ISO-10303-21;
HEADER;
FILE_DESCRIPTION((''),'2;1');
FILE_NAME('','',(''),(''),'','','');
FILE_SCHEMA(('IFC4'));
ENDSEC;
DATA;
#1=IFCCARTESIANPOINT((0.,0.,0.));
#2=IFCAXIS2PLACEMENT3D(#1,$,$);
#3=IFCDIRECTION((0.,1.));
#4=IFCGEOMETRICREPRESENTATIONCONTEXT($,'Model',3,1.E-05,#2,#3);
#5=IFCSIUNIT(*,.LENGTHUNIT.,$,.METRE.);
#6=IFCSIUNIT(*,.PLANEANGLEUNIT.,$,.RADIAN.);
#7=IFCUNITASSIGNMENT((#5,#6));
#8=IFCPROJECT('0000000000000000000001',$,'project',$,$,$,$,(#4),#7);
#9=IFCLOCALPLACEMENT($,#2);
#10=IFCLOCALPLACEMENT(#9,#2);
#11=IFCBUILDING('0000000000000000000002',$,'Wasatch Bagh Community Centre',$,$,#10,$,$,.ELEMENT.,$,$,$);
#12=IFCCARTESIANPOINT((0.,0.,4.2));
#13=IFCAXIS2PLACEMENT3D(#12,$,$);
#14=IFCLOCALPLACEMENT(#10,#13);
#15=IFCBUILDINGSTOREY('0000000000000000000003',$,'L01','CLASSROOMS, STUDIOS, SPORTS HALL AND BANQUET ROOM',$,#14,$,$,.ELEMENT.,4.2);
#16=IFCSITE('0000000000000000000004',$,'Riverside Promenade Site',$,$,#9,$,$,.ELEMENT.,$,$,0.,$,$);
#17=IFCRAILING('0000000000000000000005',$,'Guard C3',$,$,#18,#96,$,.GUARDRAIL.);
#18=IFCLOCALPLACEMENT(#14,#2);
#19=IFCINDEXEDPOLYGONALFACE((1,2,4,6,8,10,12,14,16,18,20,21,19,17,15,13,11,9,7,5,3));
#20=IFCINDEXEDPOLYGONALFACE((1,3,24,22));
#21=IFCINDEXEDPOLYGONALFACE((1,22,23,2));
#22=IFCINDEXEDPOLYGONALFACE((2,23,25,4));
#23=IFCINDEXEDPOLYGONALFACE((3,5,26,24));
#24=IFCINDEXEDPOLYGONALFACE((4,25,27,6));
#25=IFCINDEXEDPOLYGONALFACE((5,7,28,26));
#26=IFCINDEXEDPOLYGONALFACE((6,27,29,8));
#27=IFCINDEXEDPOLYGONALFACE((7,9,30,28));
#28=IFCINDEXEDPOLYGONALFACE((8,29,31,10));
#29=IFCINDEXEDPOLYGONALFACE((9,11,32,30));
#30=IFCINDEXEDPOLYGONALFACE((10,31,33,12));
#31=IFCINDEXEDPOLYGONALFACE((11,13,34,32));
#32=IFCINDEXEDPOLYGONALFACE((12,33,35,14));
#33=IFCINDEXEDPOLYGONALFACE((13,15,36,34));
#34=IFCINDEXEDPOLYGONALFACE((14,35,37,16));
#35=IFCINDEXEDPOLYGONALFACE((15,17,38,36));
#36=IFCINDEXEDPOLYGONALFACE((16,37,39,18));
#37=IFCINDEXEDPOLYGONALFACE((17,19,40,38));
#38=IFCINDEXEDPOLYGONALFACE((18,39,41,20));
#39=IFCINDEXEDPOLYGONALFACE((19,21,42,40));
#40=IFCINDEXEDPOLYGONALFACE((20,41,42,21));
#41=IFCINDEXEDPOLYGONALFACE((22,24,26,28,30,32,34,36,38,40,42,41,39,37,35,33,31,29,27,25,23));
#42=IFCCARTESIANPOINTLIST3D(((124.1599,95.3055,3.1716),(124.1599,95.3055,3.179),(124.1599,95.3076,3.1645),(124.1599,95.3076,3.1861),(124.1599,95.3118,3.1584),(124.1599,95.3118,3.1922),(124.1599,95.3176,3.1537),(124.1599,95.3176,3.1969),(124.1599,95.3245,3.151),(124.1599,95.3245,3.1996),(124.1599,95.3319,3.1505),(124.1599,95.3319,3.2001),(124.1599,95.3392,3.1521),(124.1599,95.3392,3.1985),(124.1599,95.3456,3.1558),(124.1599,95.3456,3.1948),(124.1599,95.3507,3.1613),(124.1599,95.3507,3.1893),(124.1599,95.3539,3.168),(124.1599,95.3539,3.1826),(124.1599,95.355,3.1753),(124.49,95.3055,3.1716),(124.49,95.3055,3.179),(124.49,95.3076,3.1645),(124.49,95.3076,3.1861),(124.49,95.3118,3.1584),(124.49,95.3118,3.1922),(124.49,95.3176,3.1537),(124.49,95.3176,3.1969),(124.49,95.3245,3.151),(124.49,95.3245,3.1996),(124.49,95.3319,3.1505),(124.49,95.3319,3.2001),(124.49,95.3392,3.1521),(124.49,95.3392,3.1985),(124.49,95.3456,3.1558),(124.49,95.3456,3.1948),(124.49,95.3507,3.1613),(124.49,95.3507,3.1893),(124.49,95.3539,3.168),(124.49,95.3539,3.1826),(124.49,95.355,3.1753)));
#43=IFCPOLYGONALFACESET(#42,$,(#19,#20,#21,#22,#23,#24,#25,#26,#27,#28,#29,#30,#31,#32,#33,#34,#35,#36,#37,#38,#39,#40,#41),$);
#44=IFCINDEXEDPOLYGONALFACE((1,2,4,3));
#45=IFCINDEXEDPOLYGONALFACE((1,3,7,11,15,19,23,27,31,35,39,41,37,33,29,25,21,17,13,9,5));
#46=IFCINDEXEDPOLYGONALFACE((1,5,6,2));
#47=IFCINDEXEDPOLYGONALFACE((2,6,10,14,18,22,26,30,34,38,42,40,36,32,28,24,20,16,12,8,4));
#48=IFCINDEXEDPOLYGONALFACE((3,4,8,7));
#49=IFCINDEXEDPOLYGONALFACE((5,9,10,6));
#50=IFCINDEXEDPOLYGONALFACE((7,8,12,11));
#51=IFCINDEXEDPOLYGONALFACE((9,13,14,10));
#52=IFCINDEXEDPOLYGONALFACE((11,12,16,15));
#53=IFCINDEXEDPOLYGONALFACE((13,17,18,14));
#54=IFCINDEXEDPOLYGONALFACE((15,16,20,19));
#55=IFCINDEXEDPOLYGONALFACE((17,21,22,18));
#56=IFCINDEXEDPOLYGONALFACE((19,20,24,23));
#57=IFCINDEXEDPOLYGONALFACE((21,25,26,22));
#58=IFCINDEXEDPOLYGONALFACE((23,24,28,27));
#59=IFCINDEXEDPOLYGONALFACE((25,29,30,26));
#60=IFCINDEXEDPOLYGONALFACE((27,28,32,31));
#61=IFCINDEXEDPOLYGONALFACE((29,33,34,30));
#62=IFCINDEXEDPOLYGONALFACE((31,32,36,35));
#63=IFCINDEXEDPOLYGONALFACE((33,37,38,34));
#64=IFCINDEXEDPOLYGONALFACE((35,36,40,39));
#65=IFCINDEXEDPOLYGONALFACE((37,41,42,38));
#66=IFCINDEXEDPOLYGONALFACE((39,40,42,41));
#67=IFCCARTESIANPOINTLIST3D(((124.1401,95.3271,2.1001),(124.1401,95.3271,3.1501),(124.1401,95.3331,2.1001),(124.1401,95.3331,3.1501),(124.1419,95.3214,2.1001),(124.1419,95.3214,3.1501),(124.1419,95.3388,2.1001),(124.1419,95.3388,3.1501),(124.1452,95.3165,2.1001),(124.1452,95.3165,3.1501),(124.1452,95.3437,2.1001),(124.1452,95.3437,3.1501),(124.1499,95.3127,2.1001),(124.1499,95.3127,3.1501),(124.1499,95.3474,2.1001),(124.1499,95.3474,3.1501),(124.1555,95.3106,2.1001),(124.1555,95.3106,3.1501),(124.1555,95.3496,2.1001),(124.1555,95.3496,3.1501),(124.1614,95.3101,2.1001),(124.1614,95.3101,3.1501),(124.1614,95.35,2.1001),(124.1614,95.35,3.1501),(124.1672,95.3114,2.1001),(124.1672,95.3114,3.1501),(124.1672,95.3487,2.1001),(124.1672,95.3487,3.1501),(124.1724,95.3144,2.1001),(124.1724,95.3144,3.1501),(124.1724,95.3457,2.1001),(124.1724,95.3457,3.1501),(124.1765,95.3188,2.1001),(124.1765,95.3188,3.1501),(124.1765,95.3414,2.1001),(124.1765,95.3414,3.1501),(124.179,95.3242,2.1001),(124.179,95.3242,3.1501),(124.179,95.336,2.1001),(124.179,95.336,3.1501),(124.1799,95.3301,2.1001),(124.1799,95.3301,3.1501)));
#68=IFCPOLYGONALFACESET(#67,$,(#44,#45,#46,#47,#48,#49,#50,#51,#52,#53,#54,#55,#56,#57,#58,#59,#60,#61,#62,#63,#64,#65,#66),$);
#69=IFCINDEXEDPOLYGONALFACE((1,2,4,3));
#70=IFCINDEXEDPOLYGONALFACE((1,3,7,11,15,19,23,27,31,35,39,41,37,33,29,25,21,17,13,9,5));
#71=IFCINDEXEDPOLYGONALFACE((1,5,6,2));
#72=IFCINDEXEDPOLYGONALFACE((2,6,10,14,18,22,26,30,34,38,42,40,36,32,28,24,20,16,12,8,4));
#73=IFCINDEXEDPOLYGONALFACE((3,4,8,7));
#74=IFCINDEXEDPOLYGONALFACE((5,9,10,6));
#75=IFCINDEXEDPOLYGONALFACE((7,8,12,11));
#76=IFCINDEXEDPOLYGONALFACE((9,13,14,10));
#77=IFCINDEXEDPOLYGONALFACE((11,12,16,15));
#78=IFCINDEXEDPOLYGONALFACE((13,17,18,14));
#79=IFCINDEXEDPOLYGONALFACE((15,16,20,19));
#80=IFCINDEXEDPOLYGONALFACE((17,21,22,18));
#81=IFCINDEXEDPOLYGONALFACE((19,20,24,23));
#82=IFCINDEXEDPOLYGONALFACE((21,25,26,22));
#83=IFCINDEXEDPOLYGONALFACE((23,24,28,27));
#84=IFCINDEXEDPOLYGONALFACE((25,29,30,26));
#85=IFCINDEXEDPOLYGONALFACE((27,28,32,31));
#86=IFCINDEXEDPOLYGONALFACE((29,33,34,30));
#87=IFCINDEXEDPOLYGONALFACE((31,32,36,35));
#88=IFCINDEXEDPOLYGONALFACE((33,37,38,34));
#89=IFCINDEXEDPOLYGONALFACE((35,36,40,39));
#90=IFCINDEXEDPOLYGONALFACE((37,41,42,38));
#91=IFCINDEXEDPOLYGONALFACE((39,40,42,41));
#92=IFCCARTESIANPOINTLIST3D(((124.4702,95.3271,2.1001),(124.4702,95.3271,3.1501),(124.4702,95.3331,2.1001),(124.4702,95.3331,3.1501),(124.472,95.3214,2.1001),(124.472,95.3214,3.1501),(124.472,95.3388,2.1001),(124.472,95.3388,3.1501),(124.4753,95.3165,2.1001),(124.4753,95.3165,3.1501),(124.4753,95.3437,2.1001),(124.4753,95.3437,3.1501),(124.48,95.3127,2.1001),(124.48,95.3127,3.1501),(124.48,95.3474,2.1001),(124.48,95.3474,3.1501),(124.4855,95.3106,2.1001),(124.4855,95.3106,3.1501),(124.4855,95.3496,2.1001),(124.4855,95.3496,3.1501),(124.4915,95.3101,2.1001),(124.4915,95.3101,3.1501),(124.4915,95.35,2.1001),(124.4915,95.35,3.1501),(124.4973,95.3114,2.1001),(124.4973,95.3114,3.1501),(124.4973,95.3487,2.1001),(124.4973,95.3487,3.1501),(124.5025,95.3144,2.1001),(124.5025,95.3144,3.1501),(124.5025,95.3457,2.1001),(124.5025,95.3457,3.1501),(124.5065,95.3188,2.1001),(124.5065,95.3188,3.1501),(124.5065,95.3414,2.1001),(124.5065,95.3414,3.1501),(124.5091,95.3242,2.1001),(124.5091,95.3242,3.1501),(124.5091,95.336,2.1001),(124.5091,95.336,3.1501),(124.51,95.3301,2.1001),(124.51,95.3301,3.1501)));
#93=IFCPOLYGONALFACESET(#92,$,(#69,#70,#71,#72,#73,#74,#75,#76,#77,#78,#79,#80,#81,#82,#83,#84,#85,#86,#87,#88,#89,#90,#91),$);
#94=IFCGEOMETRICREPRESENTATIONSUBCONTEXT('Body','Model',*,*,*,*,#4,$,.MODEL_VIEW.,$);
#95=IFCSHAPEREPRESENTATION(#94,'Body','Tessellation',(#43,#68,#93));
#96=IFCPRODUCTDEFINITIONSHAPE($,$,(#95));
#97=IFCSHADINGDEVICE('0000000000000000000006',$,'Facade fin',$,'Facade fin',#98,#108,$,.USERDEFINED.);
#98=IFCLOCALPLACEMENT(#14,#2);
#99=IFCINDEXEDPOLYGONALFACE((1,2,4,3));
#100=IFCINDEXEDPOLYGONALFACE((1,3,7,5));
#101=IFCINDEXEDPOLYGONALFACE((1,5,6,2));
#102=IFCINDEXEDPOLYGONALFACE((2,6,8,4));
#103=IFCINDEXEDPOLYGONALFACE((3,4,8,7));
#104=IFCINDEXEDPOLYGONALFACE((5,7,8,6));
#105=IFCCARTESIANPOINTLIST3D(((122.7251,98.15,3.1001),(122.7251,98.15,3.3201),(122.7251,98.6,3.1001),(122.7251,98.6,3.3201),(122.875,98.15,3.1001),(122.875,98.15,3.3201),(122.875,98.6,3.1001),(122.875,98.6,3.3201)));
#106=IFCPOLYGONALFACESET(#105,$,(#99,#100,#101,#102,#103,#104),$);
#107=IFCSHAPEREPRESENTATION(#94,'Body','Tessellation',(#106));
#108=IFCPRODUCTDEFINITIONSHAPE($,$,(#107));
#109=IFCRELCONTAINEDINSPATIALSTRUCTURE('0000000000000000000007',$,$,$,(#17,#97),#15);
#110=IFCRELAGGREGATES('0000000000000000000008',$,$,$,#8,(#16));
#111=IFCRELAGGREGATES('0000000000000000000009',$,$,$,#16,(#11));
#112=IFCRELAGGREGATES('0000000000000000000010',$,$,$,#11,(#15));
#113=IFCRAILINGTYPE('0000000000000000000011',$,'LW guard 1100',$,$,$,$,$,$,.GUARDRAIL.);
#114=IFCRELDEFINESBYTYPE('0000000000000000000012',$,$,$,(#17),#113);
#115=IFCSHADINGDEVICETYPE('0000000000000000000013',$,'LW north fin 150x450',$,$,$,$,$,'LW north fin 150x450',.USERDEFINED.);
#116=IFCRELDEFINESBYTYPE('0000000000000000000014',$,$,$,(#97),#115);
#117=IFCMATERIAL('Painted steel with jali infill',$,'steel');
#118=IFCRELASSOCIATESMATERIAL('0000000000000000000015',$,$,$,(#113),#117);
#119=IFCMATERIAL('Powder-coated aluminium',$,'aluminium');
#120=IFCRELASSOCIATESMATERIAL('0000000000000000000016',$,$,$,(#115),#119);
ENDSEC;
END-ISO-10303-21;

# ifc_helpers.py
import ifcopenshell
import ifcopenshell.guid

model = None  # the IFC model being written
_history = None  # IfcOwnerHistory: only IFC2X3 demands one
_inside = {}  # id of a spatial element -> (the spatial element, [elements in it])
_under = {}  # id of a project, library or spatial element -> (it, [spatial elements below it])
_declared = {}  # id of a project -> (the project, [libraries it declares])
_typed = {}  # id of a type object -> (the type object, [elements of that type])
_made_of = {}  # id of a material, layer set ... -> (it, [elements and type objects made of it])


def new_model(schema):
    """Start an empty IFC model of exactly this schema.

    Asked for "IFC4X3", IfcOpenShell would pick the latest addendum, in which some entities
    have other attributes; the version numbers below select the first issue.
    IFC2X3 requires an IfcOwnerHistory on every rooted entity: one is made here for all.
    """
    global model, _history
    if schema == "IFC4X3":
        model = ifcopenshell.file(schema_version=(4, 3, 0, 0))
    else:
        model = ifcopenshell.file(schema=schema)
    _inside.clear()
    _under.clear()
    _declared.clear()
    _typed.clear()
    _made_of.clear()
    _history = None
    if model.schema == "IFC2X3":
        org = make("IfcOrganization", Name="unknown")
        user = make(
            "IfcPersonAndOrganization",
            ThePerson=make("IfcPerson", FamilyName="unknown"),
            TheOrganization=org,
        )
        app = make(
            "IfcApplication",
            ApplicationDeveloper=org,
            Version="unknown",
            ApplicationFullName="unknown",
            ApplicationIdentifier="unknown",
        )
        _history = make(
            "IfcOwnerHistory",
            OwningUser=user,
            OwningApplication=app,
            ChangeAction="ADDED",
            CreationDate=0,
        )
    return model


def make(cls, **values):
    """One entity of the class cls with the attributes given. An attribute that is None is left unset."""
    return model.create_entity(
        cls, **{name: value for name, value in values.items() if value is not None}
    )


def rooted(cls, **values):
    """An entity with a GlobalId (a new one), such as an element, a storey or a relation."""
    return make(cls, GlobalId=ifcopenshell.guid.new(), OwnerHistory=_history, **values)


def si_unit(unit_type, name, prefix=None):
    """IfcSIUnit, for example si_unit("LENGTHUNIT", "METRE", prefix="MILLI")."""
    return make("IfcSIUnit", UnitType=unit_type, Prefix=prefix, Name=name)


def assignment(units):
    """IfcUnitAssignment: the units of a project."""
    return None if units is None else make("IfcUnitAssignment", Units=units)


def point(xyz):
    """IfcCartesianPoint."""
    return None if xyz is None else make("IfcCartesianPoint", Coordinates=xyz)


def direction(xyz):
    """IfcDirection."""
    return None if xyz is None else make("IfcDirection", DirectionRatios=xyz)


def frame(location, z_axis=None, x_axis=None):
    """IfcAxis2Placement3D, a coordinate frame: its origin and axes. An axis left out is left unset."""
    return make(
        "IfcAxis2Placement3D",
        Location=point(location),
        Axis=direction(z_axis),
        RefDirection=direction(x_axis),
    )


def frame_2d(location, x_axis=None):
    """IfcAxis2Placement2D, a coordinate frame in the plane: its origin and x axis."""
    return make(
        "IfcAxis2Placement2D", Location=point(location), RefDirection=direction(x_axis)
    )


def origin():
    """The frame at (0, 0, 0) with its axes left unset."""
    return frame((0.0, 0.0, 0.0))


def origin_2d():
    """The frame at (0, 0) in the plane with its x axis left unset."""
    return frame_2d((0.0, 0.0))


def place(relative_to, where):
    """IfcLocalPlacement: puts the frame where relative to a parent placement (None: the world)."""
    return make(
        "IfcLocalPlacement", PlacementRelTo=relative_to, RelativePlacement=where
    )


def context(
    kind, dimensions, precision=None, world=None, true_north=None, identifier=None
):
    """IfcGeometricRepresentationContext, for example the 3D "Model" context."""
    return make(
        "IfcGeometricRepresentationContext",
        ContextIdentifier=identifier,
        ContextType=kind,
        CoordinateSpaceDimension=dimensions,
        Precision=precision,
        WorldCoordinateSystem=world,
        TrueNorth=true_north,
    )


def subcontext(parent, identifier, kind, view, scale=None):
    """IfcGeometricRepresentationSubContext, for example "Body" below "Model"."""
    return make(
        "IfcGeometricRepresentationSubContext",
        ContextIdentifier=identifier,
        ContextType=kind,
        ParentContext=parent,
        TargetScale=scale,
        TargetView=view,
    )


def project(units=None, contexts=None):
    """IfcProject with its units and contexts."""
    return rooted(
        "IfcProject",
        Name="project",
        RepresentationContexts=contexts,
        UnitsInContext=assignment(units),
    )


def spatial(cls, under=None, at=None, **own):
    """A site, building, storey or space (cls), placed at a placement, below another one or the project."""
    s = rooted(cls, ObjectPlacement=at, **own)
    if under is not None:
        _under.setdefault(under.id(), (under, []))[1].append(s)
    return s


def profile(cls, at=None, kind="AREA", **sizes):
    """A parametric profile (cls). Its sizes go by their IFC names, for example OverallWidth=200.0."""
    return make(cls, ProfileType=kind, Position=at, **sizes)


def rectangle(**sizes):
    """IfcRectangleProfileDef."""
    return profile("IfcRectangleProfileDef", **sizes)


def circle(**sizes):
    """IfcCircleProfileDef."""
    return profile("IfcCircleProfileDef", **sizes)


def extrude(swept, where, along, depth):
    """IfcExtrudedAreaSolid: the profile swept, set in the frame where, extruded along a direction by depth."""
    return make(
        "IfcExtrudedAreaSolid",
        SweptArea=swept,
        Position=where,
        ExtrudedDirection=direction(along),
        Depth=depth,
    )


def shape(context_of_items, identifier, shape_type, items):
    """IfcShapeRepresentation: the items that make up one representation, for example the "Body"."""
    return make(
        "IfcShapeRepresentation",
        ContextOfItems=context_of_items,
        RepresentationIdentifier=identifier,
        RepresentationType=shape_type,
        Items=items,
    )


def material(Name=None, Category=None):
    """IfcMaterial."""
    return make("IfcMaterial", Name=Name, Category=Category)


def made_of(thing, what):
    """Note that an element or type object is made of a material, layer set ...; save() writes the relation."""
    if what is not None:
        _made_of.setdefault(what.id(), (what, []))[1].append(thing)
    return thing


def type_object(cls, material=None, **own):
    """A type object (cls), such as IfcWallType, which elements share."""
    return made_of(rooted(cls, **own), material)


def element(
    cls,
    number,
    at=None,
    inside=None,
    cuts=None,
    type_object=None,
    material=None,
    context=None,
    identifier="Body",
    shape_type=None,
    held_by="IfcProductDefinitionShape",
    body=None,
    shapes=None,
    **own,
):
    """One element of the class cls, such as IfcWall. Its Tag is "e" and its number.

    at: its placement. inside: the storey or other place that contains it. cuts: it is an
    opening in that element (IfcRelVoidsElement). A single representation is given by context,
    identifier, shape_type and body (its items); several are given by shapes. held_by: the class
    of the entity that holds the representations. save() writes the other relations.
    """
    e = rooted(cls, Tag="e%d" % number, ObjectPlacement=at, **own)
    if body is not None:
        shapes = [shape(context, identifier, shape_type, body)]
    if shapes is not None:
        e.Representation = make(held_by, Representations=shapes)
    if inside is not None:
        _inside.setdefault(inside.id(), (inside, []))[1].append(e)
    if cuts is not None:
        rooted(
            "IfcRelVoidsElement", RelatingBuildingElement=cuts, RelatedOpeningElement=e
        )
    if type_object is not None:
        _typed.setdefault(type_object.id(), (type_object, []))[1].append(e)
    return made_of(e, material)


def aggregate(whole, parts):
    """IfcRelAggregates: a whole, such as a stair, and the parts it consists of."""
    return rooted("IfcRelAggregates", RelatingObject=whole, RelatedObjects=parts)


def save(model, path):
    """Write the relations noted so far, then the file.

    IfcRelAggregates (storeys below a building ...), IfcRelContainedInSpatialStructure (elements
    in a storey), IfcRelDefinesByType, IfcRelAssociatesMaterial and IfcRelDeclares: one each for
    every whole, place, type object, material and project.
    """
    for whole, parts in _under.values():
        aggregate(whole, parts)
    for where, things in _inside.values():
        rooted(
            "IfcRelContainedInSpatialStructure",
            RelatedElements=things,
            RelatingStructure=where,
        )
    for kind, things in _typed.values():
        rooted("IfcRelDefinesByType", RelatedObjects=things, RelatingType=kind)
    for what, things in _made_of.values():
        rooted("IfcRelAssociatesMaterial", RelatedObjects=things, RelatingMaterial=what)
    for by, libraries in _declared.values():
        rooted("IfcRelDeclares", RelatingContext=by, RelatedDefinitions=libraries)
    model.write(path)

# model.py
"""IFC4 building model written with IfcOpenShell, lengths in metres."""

from ifc_helpers import new_model, si_unit, direction, frame, origin, origin_2d, place, context, subcontext, project, spatial, rectangle, circle, extrude, material, type_object, element, save


model = new_model("IFC4")

# Units and contexts
model_context = context("Model", 3, precision=1e-05, world=origin(), true_north=direction((0.0, 1.0)))
body_context = subcontext(model_context, "Body", "Model", "MODEL_VIEW")
ifc_project = project(units=[si_unit("LENGTHUNIT", "METRE"), si_unit("PLANEANGLEUNIT", "RADIAN")], contexts=[model_context])

# Site, building, storey
site_placement = place(None, origin())
site = spatial("IfcSite", under=ifc_project, at=site_placement, Name="Riverside Promenade Site", CompositionType="ELEMENT", RefElevation=0.0)
building_placement = place(site_placement, origin())
building = spatial("IfcBuilding", under=site, at=building_placement, Name="Wasatch Bagh Community Centre", CompositionType="ELEMENT")
storey_placement = place(building_placement, frame((0.0, 0.0, 4.2)))
storey = spatial("IfcBuildingStorey", under=building, at=storey_placement, Name="L01", Description="CLASSROOMS, STUDIOS, SPORTS HALL AND BANQUET ROOM", CompositionType="ELEMENT", Elevation=4.2)

# Railing
ifc_material_1 = material(Name="Painted steel with jali infill", Category="steel")
railing_type_1 = type_object("IfcRailingType", Name="LW guard 1100", PredefinedType="GUARDRAIL", material=ifc_material_1)
railing_1_placement = place(storey_placement, frame((124.1599, 95.3301, 2.1001)))
element("IfcRailing", 1, at=railing_1_placement, inside=storey, type_object=railing_type_1, Name="Guard C3", PredefinedType="GUARDRAIL", context=body_context, shape_type="SweptSolid", body=[
    extrude(circle(Radius=0.0249, at=origin_2d()), frame((0.0, 0.0, 1.0752), z_axis=(1.0, 0.0, 0.0), x_axis=(0.0, 1.0, 0.0)), (0.0, 0.0, 1.0), 0.3301),
    extrude(circle(Radius=0.02, at=origin_2d()), origin(), (0.0, 0.0, 1.0), 1.05),
    extrude(circle(Radius=0.02, at=origin_2d()), frame((0.3301, 0.0, 0.0)), (0.0, 0.0, 1.0), 1.05),
])

# Shading device
ifc_material_2 = material(Name="Powder-coated aluminium", Category="aluminium")
shading_device_type = type_object("IfcShadingDeviceType", Name="LW north fin 150x450", ElementType="LW north fin 150x450", PredefinedType="USERDEFINED", material=ifc_material_2)
shading_device_placement = place(storey_placement, frame((122.8, 98.375, 3.1001), z_axis=(0.0, 0.0, 1.0), x_axis=(1.0, 0.0, 0.0)))
element("IfcShadingDevice", 2, at=shading_device_placement, inside=storey, type_object=shading_device_type, Name="Facade fin", ObjectType="Facade fin", PredefinedType="USERDEFINED", context=body_context, shape_type="SweptSolid", body=[
    extrude(rectangle(XDim=0.1499, YDim=0.45, at=origin_2d()), origin(), (0.0, 0.0, 1.0), 0.22),
])

save(model, "model.ifc")
